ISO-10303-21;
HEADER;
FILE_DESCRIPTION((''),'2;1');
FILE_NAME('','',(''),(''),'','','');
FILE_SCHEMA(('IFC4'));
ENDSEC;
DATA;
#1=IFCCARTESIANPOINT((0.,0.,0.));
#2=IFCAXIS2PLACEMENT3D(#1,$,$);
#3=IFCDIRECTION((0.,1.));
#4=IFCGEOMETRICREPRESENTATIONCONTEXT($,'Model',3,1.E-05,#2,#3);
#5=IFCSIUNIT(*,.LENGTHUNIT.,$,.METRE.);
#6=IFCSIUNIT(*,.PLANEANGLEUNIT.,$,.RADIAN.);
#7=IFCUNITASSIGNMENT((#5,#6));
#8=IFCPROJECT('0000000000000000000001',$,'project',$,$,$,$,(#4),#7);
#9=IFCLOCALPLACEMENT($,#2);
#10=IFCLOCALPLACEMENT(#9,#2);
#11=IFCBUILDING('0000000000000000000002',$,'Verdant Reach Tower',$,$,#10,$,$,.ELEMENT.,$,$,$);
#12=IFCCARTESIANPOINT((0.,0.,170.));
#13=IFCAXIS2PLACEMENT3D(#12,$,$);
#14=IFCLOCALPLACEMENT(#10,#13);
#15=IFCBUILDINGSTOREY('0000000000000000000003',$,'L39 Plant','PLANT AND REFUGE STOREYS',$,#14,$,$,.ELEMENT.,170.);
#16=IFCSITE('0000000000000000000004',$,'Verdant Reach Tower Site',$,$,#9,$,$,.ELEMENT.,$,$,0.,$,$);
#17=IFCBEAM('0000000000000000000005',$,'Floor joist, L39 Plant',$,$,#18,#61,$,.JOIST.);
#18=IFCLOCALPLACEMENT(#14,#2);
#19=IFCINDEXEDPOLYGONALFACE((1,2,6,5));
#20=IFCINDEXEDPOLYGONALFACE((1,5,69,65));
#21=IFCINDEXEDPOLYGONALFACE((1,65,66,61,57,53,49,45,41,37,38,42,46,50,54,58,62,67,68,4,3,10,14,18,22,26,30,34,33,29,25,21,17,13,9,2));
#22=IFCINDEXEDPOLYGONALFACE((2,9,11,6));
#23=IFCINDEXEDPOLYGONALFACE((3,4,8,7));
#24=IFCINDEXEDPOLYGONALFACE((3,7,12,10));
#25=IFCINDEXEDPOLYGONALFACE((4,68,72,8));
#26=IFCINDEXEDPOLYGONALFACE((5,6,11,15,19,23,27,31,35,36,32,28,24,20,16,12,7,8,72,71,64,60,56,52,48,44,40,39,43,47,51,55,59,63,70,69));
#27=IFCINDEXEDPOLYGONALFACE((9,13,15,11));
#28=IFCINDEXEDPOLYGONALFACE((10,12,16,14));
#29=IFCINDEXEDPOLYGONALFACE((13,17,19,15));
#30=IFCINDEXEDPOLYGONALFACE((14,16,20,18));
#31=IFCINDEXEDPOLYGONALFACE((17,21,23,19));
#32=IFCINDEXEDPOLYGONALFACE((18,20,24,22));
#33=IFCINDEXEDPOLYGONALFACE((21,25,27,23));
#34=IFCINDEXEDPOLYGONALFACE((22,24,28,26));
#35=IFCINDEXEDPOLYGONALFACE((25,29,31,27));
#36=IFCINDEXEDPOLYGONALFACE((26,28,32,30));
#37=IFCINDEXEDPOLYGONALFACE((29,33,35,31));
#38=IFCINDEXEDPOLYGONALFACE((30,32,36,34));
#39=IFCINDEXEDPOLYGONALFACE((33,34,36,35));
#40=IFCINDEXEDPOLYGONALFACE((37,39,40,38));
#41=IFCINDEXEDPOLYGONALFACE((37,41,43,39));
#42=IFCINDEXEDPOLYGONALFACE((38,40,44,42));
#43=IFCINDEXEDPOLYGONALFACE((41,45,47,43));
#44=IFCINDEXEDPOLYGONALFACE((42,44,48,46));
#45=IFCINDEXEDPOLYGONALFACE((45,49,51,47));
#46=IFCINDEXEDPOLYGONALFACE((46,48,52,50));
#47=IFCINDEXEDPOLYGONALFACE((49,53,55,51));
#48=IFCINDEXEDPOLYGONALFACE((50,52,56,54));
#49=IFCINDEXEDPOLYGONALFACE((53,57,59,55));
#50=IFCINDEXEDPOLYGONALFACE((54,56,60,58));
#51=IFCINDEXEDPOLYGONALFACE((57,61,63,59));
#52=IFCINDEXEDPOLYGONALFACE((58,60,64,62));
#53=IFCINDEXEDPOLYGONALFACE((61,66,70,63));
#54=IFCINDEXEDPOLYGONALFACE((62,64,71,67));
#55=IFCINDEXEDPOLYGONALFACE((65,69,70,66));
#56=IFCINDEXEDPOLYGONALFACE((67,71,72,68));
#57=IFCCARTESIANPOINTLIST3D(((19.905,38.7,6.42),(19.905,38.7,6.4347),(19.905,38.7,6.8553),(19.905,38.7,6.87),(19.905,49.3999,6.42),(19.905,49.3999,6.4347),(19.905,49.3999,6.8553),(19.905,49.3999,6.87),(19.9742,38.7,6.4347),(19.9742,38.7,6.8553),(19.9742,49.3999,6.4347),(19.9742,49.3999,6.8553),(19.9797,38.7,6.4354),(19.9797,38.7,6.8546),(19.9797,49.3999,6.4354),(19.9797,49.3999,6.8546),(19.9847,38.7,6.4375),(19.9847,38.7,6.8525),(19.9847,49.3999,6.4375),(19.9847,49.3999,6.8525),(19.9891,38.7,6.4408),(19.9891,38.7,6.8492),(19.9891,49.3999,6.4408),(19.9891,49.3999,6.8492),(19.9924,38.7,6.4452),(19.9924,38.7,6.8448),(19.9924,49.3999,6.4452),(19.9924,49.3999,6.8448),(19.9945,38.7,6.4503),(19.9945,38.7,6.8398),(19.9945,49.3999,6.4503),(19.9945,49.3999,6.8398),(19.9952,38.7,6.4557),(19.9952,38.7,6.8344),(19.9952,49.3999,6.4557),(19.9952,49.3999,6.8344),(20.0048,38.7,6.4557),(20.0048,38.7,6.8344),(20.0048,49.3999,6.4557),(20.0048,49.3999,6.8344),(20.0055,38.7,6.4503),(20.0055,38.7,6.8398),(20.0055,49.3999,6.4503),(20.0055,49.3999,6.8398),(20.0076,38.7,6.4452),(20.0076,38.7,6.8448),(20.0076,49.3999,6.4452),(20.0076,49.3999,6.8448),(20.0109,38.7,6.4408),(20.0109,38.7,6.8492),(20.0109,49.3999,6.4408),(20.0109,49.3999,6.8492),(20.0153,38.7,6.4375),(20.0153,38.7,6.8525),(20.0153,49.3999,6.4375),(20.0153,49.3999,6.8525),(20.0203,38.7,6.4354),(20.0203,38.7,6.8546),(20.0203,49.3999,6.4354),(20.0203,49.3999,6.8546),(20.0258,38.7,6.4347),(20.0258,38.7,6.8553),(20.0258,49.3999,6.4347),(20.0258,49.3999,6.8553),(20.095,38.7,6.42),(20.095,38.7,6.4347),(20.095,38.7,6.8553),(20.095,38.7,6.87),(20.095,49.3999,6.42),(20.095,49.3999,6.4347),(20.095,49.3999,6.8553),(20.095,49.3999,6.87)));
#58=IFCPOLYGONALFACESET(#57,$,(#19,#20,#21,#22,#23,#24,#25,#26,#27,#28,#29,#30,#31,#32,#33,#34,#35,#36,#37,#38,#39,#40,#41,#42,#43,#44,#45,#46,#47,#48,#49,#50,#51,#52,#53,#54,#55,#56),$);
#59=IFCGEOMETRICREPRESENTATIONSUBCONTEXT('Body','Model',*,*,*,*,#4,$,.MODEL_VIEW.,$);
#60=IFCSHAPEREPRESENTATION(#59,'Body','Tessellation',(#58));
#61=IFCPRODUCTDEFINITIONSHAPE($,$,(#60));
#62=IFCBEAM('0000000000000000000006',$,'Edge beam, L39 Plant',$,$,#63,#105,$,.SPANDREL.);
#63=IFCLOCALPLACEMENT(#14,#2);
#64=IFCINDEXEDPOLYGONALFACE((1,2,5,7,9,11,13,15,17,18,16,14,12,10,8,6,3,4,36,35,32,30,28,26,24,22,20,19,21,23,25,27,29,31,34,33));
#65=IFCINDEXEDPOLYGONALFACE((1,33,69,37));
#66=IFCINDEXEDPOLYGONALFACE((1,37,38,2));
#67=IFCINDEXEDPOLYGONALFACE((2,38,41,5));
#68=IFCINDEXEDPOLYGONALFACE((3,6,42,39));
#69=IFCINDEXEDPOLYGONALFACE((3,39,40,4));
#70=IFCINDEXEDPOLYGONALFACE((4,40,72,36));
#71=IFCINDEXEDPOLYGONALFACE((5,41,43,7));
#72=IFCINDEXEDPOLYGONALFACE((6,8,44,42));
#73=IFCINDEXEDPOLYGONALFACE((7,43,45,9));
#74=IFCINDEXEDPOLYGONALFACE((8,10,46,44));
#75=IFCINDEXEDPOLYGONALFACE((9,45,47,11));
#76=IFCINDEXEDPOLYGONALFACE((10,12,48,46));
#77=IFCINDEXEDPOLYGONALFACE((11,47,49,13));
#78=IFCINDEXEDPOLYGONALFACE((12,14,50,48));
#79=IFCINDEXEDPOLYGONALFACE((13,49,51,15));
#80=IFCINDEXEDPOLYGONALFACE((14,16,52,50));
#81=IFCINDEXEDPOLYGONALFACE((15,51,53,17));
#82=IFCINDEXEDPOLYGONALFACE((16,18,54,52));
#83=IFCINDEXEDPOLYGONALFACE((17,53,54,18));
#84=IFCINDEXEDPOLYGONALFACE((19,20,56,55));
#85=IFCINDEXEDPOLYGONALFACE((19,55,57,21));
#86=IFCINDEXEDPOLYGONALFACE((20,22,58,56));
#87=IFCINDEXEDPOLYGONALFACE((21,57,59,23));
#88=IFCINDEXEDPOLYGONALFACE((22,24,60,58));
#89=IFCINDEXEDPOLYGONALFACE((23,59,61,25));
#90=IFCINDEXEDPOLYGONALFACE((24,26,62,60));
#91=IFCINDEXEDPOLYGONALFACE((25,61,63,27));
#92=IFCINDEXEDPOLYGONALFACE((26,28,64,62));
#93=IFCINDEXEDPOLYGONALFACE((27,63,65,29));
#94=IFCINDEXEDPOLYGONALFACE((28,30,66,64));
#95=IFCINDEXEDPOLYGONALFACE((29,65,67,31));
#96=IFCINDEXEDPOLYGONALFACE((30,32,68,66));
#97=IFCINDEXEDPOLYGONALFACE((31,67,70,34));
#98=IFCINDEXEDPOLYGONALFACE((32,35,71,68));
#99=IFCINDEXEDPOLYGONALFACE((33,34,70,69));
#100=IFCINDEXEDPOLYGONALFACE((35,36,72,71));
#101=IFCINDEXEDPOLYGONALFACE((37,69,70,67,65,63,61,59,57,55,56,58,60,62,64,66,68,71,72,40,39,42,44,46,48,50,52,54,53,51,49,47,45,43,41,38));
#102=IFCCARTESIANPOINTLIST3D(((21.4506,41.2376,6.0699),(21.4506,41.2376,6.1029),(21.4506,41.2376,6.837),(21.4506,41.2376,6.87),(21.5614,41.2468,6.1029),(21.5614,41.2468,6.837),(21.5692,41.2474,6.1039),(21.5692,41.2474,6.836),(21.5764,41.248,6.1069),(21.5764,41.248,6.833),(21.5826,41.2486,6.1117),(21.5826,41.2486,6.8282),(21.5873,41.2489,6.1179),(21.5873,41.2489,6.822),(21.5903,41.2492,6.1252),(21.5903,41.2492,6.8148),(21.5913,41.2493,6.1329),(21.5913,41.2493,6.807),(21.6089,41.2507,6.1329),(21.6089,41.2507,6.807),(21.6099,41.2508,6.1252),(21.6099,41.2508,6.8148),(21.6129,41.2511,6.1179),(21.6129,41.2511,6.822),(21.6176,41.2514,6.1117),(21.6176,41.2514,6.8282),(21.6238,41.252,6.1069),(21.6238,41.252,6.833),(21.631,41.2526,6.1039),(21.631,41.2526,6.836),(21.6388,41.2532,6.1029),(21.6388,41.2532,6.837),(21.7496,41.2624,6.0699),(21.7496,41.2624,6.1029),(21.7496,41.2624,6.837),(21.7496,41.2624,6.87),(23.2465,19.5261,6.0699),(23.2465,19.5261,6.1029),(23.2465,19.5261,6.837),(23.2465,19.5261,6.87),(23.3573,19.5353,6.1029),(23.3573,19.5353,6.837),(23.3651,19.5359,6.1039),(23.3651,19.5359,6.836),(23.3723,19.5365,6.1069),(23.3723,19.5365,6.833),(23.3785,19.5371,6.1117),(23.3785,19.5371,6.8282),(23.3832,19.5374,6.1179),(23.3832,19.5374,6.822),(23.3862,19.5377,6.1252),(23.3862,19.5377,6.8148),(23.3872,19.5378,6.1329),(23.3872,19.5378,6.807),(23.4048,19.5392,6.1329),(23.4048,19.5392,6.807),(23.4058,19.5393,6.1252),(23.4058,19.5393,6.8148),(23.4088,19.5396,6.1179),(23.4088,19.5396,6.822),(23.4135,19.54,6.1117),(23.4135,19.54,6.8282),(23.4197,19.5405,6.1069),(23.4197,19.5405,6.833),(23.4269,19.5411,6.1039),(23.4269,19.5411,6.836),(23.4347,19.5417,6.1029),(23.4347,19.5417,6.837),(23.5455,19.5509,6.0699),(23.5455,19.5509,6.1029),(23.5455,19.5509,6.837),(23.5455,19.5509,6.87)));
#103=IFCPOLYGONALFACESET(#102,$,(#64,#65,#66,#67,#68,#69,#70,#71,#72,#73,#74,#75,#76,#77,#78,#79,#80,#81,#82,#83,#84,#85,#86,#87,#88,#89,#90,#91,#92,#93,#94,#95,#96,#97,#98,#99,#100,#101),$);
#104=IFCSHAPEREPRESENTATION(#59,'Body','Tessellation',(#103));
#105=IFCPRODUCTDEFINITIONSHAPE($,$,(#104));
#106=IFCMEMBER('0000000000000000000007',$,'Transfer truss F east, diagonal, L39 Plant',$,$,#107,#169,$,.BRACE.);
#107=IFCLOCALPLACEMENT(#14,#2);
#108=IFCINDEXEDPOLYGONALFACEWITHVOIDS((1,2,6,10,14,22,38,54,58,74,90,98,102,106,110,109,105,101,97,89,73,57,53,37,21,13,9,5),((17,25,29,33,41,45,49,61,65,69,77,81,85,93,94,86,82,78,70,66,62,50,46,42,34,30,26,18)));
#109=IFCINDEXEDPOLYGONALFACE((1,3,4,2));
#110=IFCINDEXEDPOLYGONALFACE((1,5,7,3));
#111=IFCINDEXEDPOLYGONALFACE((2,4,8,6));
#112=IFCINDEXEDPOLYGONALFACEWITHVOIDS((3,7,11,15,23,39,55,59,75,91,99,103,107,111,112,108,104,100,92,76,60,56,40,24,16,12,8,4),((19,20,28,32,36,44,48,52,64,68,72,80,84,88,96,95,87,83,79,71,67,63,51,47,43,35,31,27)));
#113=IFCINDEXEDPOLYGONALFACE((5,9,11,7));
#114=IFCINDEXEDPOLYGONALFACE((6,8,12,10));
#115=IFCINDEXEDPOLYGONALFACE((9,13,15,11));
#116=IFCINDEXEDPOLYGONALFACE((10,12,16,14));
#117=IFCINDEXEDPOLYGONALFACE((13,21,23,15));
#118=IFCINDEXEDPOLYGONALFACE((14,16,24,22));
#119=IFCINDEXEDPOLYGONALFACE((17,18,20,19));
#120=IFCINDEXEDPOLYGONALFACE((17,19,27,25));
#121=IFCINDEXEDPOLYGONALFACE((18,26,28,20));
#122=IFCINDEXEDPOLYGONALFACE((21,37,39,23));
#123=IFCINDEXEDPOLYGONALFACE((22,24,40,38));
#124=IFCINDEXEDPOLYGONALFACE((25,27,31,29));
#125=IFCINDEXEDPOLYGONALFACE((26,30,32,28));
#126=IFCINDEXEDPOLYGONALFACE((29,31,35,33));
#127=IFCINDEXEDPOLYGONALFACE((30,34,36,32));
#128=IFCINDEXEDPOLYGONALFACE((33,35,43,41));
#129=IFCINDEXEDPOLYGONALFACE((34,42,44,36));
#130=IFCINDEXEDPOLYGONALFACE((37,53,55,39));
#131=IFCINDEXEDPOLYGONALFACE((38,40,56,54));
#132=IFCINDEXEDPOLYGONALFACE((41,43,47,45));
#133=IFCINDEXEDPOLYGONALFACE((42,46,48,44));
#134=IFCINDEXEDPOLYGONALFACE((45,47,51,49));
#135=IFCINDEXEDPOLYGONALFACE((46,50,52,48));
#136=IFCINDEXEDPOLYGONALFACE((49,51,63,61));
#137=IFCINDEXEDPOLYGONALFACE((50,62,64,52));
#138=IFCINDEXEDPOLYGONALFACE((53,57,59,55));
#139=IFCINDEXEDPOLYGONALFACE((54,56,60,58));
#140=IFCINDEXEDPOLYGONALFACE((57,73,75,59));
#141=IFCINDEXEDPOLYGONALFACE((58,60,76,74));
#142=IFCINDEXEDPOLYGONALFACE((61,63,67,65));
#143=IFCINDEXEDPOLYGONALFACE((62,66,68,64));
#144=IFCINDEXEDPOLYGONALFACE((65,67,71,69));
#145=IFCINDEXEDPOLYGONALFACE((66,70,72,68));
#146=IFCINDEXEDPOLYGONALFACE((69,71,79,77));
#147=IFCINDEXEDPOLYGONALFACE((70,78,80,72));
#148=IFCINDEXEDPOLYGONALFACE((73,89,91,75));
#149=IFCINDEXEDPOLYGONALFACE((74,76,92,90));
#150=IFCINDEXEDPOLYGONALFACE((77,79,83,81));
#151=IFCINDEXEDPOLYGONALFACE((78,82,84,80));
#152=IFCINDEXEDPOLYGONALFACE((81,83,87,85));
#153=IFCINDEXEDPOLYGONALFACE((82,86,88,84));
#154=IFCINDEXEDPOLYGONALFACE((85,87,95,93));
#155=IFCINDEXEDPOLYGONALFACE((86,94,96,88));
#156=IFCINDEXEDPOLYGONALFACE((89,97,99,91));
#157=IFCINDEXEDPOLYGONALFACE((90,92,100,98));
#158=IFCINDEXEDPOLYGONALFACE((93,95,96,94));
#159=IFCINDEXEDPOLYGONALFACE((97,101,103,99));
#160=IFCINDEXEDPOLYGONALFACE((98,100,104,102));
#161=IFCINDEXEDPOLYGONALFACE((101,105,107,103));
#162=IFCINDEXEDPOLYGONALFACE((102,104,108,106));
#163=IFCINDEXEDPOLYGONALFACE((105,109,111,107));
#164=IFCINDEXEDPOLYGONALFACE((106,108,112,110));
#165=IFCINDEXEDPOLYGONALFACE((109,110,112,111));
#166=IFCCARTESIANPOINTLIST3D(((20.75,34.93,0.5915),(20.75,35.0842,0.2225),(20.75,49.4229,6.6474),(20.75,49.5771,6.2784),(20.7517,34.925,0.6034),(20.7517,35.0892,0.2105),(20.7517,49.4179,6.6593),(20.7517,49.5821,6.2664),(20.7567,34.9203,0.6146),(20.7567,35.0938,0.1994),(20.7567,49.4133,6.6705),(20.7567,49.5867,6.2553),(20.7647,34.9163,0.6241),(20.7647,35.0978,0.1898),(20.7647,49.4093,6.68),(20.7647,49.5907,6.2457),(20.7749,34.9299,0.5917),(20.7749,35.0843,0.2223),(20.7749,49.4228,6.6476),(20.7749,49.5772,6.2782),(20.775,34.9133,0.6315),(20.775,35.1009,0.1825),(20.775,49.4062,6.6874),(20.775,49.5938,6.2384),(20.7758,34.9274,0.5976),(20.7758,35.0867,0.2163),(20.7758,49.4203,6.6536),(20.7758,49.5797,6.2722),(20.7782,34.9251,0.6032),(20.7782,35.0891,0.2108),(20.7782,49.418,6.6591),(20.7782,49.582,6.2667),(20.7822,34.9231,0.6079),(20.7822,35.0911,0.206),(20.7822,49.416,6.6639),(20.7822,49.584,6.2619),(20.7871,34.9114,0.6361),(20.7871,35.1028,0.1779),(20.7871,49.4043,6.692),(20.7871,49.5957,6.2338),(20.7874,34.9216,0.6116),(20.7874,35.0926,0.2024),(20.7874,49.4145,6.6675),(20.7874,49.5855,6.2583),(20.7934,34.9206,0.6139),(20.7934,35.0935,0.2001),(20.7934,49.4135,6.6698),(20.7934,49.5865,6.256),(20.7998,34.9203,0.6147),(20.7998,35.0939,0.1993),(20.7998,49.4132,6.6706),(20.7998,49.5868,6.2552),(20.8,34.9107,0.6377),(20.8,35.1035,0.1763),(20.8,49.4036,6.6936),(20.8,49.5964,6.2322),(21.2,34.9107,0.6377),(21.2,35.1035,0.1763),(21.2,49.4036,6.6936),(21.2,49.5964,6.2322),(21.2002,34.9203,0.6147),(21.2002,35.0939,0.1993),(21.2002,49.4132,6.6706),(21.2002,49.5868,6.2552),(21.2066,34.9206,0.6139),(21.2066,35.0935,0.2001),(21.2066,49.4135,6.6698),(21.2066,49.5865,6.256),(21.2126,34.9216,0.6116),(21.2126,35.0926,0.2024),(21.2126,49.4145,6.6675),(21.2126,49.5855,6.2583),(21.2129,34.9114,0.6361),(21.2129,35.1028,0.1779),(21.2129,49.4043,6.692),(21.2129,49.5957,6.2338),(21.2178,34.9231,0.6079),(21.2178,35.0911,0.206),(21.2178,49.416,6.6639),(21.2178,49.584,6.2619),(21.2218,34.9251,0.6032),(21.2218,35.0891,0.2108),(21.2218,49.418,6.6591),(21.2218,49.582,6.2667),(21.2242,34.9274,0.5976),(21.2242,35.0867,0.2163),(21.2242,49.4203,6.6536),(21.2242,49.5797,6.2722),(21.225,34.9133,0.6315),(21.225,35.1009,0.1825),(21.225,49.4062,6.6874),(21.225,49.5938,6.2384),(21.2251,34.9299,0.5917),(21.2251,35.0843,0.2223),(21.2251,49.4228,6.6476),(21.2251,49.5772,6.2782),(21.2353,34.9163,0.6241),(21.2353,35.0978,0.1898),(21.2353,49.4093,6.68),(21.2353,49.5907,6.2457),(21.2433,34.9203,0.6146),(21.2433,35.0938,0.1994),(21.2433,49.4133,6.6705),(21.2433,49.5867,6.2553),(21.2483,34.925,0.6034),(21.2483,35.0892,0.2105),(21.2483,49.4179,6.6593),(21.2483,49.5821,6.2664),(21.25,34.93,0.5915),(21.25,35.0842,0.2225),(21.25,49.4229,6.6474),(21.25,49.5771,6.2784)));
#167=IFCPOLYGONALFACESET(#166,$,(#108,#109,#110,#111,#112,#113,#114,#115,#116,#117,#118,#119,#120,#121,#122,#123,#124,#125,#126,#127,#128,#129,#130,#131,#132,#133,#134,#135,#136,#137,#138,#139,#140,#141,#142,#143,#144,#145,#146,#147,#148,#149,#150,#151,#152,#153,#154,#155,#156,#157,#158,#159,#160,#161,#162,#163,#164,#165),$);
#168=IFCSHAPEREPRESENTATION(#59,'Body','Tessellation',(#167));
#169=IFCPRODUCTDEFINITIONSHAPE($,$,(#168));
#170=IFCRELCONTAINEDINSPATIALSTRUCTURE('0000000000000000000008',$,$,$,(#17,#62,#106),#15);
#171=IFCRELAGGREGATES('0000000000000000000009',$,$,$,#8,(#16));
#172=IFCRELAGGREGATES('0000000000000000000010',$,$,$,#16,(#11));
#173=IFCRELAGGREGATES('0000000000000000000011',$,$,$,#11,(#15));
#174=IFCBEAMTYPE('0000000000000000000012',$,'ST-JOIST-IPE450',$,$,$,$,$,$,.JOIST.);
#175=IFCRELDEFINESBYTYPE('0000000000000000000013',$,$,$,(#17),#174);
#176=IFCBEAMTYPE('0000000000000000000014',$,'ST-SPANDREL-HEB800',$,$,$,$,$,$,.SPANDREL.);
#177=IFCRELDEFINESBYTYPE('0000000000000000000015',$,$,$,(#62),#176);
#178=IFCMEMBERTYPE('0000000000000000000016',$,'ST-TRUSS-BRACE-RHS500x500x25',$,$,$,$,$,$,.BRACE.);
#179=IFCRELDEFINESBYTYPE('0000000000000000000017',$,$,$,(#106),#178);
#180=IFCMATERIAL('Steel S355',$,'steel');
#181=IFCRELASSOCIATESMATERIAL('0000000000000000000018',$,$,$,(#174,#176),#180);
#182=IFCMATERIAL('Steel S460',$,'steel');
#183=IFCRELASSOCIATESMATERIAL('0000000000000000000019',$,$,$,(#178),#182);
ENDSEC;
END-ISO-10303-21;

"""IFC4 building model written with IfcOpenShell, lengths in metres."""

from ifc_helpers import new_model, si_unit, direction, frame, origin, origin_2d, place, context, subcontext, project, spatial, hollow_rectangle, i_section, extrude, material, material_profile, profile_set, type_object, element, save


model = new_model("IFC4")

# Units and contexts
model_context = context("Model", 3, precision=1e-05, world=origin(), true_north=direction((0.0, 1.0)))
body_context = subcontext(model_context, "Body", "Model", "MODEL_VIEW")
ifc_project = project(units=[si_unit("LENGTHUNIT", "METRE"), si_unit("PLANEANGLEUNIT", "RADIAN")], contexts=[model_context])

# Site, building, storey
site_placement = place(None, origin())
site = spatial("IfcSite", under=ifc_project, at=site_placement, Name="Verdant Reach Tower Site", CompositionType="ELEMENT", RefElevation=0.0)
building_placement = place(site_placement, origin())
building = spatial("IfcBuilding", under=site, at=building_placement, Name="Verdant Reach Tower", CompositionType="ELEMENT")
storey_placement = place(building_placement, frame((0.0, 0.0, 170.0)))
storey = spatial("IfcBuildingStorey", under=building, at=storey_placement, Name="L39 Plant", Description="PLANT AND REFUGE STOREYS", CompositionType="ELEMENT", Elevation=170.0)

# Shared definitions
ifc_material_1 = material(Name="Steel S460", Category="steel")

# Beams
ifc_material_2 = material(Name="Steel S355", Category="steel")
ifc_material_profile_1 = material_profile(ifc_material_2, i_section(OverallWidth=0.1899, OverallDepth=0.45, WebThickness=0.0095, FlangeThickness=0.0146, FilletRadius=0.021, at=origin_2d()), Name="IPE 450")
ifc_profile_set_1 = profile_set([ifc_material_profile_1], Name="Steel S355")
beam_type_1 = type_object("IfcBeamType", Name="ST-JOIST-IPE450", PredefinedType="JOIST", material=ifc_profile_set_1)
for number, where, z_axis, x_axis, name in (
    (1, (20.0, 38.7, 6.645), (0.0, 1.0, 0.0), (-1.0, 0.0, 0.0), "Floor joist, L39 Plant"),
):
    element("IfcBeam", number, at=place(storey_placement, frame(where, z_axis=z_axis, x_axis=x_axis)), inside=storey, type_object=beam_type_1, Name=name, PredefinedType="JOIST", context=body_context, shape_type="SweptSolid", body=[
        extrude(i_section(OverallWidth=0.1899, OverallDepth=0.45, WebThickness=0.0095, FlangeThickness=0.0146, FilletRadius=0.021, at=origin_2d()), origin(), (0.0, 0.0, 1.0), 10.7),
    ])
ifc_material_profile_2 = material_profile(ifc_material_2, i_section(OverallWidth=0.3, OverallDepth=0.8, WebThickness=0.0176, FlangeThickness=0.033, FilletRadius=0.03, at=origin_2d()), Name="HEB 800")
ifc_profile_set_2 = profile_set([ifc_material_profile_2], Name="Steel S355")
beam_type_2 = type_object("IfcBeamType", Name="ST-SPANDREL-HEB800", PredefinedType="SPANDREL", material=ifc_profile_set_2)
beam_placement = place(storey_placement, frame((21.6001, 41.25, 6.47), z_axis=(0.082435, -0.996596, 0.0), x_axis=(0.996596, 0.082435, 0.0)))
element("IfcBeam", 2, at=beam_placement, inside=storey, type_object=beam_type_2, Name="Edge beam, L39 Plant", PredefinedType="SPANDREL", context=body_context, shape_type="SweptSolid", body=[
    extrude(i_section(OverallWidth=0.3, OverallDepth=0.8, WebThickness=0.0176, FlangeThickness=0.033, FilletRadius=0.03, at=origin_2d()), origin(), (0.0, 0.0, 1.0), 21.7856),
])

# Member
ifc_material_profile_3 = material_profile(ifc_material_1, hollow_rectangle(XDim=0.5, YDim=0.5, WallThickness=0.0249, InnerFilletRadius=0.0249, OuterFilletRadius=0.05, at=origin_2d()), Name="RHS 500x500x25")
ifc_profile_set_3 = profile_set([ifc_material_profile_3], Name="Steel S460")
member_type_1 = type_object("IfcMemberType", Name="ST-TRUSS-BRACE-RHS500x500x25", PredefinedType="BRACE", material=ifc_profile_set_3)
member_1_placement = place(storey_placement, frame((21.0, 35.0071, 0.407), z_axis=(0.0, 0.922688, 0.385548), x_axis=(-1.0, 0.0, 0.0)))
element("IfcMember", 3, at=member_1_placement, inside=storey, type_object=member_type_1, Name="Transfer truss F east, diagonal, L39 Plant", PredefinedType="BRACE", context=body_context, shape_type="SweptSolid", body=[
    extrude(hollow_rectangle(XDim=0.5, YDim=0.5, WallThickness=0.0249, InnerFilletRadius=0.0249, OuterFilletRadius=0.05, at=origin_2d()), origin(), (0.0, 0.0, 1.0), 15.7073),
])

save(model, "model.ifc")
